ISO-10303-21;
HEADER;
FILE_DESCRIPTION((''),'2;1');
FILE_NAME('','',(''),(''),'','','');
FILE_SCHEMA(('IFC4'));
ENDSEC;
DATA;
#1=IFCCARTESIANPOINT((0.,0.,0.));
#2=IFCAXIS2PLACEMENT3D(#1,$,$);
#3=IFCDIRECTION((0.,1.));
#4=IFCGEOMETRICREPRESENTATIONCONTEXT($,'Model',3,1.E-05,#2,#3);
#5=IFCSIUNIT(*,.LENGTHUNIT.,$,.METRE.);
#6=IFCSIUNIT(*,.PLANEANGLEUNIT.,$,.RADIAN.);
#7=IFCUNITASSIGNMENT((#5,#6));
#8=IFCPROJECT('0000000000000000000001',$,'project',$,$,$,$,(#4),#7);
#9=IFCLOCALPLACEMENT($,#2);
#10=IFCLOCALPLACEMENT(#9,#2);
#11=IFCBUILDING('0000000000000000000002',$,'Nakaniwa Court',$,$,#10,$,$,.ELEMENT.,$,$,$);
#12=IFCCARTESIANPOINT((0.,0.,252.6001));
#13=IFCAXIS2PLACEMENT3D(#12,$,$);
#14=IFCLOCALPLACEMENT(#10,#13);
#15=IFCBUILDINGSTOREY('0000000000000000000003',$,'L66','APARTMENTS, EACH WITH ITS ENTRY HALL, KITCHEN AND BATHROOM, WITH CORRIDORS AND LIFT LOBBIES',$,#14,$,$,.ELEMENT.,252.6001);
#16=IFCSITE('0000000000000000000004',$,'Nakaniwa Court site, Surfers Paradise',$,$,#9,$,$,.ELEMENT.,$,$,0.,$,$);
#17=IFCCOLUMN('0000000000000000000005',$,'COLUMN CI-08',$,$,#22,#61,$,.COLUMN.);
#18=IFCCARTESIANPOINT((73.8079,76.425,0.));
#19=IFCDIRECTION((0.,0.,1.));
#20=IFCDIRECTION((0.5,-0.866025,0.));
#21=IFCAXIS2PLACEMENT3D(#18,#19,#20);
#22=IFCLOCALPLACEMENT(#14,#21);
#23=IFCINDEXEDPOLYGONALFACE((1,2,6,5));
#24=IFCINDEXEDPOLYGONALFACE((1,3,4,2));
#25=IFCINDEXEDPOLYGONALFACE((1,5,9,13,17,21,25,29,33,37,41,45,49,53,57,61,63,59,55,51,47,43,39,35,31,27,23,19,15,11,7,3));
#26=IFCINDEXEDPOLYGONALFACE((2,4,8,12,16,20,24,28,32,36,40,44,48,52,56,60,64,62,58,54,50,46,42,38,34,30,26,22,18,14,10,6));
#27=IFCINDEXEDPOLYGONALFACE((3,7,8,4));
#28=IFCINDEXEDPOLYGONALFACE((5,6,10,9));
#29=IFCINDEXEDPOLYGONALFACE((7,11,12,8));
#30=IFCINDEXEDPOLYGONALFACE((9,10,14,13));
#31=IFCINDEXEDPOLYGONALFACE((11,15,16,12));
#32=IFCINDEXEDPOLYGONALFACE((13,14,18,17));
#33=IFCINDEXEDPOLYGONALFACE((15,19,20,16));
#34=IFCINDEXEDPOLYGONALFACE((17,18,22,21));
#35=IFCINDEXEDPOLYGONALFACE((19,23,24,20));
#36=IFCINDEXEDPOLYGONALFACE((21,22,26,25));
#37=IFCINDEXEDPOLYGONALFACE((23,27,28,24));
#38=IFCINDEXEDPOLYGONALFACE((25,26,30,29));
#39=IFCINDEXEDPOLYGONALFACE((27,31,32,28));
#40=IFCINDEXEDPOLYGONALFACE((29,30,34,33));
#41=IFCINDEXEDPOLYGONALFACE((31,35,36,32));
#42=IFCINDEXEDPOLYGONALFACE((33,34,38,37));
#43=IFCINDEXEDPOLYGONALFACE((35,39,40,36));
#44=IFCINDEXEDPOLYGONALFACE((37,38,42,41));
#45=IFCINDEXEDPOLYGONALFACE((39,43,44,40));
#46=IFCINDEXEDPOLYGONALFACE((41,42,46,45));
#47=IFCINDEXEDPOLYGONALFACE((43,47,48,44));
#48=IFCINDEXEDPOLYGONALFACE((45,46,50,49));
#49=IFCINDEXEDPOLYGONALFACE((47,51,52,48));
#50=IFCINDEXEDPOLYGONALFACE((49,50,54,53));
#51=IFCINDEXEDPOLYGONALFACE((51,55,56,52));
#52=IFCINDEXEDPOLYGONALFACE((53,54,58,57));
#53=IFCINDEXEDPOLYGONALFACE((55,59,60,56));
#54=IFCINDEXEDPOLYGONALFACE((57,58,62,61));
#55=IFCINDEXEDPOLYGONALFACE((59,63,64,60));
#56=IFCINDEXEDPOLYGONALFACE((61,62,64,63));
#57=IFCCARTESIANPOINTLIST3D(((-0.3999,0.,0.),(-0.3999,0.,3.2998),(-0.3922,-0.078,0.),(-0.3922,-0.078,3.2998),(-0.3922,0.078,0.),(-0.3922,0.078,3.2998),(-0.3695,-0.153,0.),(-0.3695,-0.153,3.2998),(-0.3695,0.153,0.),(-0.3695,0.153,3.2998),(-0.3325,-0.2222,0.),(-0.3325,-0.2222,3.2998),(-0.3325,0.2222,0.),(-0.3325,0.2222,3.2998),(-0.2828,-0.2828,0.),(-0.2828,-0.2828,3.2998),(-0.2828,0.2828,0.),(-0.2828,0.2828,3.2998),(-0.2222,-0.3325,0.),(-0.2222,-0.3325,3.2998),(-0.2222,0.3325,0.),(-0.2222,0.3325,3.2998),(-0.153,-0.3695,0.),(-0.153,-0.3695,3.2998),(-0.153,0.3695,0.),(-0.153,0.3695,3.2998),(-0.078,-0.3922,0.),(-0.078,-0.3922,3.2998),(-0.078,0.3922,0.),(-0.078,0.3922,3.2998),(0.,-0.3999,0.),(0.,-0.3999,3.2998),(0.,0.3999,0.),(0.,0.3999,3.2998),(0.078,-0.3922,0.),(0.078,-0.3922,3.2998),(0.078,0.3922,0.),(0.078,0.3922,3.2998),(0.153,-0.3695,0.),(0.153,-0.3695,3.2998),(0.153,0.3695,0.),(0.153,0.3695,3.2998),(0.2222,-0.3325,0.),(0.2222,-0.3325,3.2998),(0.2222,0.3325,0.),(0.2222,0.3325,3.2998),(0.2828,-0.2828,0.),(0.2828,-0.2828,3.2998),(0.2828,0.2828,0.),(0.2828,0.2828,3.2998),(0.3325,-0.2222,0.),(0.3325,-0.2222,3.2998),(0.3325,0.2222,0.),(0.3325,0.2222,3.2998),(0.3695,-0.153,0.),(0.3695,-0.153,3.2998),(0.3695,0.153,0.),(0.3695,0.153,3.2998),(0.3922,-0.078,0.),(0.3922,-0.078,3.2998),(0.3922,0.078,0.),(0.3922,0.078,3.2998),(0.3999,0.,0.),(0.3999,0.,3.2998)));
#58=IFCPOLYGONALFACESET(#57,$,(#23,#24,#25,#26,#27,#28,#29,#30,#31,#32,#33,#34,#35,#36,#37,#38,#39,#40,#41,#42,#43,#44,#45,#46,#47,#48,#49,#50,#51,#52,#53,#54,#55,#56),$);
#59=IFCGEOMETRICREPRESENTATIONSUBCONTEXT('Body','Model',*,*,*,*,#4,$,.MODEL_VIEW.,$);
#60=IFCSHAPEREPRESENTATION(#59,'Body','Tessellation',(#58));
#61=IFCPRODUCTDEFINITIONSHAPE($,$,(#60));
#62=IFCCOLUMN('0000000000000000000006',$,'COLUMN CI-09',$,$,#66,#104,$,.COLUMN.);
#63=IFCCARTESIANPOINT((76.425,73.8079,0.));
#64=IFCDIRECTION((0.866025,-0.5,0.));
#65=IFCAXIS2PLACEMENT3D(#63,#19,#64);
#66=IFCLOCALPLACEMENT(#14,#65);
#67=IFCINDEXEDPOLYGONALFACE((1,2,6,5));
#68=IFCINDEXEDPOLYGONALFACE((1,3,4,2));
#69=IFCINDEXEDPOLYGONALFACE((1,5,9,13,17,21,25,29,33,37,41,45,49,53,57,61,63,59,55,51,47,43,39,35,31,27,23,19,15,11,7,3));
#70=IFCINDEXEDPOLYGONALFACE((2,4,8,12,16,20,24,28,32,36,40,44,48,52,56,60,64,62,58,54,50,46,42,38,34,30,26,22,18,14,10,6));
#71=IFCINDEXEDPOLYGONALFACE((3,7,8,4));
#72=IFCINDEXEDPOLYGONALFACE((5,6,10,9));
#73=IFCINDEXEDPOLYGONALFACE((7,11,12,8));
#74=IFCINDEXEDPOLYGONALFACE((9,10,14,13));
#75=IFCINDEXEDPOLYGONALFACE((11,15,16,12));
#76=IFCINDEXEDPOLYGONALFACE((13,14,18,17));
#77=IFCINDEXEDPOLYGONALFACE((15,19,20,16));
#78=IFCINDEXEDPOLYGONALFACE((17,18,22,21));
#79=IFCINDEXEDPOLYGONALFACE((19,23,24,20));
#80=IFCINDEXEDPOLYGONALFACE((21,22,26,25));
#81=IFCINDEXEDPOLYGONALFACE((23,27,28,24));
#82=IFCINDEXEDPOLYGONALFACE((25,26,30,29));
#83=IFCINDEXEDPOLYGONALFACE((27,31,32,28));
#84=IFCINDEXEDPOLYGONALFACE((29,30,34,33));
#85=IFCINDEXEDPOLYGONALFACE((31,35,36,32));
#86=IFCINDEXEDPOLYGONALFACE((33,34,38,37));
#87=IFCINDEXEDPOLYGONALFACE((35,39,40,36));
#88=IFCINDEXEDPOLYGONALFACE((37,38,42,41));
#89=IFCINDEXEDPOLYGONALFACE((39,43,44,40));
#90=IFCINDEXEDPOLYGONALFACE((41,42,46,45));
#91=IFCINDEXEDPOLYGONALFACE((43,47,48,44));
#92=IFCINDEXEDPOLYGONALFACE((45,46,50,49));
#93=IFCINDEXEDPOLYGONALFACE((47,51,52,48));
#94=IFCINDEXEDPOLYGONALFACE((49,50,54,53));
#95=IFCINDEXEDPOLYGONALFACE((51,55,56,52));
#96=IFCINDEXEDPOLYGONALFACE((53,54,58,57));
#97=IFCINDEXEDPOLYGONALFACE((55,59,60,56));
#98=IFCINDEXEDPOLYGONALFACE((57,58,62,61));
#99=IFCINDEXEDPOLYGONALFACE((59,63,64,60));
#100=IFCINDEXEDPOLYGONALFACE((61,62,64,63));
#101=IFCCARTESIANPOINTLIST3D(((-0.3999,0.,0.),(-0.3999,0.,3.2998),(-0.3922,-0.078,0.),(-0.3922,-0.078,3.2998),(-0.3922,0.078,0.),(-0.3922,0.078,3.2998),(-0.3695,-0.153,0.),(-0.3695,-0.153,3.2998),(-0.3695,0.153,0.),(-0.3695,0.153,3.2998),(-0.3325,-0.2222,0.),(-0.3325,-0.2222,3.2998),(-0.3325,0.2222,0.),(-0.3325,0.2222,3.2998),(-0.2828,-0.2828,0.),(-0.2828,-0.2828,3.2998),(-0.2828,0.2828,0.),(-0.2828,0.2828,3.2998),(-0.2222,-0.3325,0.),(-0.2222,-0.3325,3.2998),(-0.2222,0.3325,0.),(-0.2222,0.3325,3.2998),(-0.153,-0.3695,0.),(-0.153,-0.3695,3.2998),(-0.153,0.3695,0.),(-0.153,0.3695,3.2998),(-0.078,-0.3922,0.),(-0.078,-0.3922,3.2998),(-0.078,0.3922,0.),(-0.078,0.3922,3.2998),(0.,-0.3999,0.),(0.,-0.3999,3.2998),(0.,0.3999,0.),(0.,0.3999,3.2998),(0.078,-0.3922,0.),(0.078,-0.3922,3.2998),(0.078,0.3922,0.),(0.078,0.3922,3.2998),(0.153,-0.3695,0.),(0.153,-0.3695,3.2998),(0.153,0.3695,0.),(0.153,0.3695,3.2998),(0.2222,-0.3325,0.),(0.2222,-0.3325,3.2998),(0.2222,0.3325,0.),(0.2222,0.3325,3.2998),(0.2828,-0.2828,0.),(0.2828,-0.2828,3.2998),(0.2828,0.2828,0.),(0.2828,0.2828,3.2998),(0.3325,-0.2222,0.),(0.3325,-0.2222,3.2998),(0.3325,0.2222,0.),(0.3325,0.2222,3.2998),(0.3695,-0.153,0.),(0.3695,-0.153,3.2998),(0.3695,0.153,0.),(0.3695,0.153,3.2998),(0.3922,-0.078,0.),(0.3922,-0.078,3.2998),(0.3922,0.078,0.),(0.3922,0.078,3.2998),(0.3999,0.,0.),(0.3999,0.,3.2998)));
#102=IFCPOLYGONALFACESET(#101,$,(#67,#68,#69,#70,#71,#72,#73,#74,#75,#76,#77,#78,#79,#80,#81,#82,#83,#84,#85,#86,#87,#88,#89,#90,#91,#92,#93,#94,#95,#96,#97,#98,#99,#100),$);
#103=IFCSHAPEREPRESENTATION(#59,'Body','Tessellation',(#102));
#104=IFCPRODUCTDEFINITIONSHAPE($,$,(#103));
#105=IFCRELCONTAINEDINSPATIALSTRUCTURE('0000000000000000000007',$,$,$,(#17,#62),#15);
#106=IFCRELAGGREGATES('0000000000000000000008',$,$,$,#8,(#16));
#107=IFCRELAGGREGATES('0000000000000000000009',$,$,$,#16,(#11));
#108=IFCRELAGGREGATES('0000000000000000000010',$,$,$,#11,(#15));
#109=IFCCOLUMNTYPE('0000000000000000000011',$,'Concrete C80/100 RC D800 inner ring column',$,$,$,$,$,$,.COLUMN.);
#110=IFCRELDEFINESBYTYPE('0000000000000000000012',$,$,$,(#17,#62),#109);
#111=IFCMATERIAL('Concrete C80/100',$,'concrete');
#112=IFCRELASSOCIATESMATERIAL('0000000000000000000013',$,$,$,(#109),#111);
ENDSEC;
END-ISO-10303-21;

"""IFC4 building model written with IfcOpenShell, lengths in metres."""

from ifc_helpers import new_model, si_unit, direction, frame, origin, origin_2d, place, context, subcontext, project, spatial, circle, extrude, material, material_profile, profile_set, type_object, element, save


model = new_model("IFC4")

# Units and contexts
model_context = context("Model", 3, precision=1e-05, world=origin(), true_north=direction((0.0, 1.0)))
body_context = subcontext(model_context, "Body", "Model", "MODEL_VIEW")
ifc_project = project(units=[si_unit("LENGTHUNIT", "METRE"), si_unit("PLANEANGLEUNIT", "RADIAN")], contexts=[model_context])

# Site, building, storey
site_placement = place(None, origin())
site = spatial("IfcSite", under=ifc_project, at=site_placement, Name="Nakaniwa Court site, Surfers Paradise", CompositionType="ELEMENT", RefElevation=0.0)
building_placement = place(site_placement, origin())
building = spatial("IfcBuilding", under=site, at=building_placement, Name="Nakaniwa Court", CompositionType="ELEMENT")
storey_placement = place(building_placement, frame((0.0, 0.0, 252.6001)))
storey = spatial("IfcBuildingStorey", under=building, at=storey_placement, Name="L66", Description="APARTMENTS, EACH WITH ITS ENTRY HALL, KITCHEN AND BATHROOM, WITH CORRIDORS AND LIFT LOBBIES", CompositionType="ELEMENT", Elevation=252.6001)

# Columns
ifc_material_1 = material(Name="Concrete C80/100", Category="concrete")
ifc_material_profile_1 = material_profile(ifc_material_1, circle(Radius=0.3999, at=origin_2d()), Name="Concrete C80/100 RC D800 inner ring column")
ifc_profile_set_1 = profile_set([ifc_material_profile_1], Name="Concrete C80/100")
column_type_1 = type_object("IfcColumnType", Name="Concrete C80/100 RC D800 inner ring column", PredefinedType="COLUMN", material=ifc_profile_set_1)
for number, where, z_axis, x_axis, name in (
    (1, (73.8079, 76.425, 0.0), (0.0, 0.0, 1.0), (0.5, -0.866025, 0.0), "COLUMN CI-08"),
    (2, (76.425, 73.8079, 0.0), (0.0, 0.0, 1.0), (0.866025, -0.5, 0.0), "COLUMN CI-09"),
):
    element("IfcColumn", number, at=place(storey_placement, frame(where, z_axis=z_axis, x_axis=x_axis)), inside=storey, type_object=column_type_1, Name=name, PredefinedType="COLUMN", context=body_context, shape_type="SweptSolid", body=[
        extrude(circle(Radius=0.3999, at=origin_2d()), origin(), (0.0, 0.0, 1.0), 3.2998),
    ])

save(model, "model.ifc")
